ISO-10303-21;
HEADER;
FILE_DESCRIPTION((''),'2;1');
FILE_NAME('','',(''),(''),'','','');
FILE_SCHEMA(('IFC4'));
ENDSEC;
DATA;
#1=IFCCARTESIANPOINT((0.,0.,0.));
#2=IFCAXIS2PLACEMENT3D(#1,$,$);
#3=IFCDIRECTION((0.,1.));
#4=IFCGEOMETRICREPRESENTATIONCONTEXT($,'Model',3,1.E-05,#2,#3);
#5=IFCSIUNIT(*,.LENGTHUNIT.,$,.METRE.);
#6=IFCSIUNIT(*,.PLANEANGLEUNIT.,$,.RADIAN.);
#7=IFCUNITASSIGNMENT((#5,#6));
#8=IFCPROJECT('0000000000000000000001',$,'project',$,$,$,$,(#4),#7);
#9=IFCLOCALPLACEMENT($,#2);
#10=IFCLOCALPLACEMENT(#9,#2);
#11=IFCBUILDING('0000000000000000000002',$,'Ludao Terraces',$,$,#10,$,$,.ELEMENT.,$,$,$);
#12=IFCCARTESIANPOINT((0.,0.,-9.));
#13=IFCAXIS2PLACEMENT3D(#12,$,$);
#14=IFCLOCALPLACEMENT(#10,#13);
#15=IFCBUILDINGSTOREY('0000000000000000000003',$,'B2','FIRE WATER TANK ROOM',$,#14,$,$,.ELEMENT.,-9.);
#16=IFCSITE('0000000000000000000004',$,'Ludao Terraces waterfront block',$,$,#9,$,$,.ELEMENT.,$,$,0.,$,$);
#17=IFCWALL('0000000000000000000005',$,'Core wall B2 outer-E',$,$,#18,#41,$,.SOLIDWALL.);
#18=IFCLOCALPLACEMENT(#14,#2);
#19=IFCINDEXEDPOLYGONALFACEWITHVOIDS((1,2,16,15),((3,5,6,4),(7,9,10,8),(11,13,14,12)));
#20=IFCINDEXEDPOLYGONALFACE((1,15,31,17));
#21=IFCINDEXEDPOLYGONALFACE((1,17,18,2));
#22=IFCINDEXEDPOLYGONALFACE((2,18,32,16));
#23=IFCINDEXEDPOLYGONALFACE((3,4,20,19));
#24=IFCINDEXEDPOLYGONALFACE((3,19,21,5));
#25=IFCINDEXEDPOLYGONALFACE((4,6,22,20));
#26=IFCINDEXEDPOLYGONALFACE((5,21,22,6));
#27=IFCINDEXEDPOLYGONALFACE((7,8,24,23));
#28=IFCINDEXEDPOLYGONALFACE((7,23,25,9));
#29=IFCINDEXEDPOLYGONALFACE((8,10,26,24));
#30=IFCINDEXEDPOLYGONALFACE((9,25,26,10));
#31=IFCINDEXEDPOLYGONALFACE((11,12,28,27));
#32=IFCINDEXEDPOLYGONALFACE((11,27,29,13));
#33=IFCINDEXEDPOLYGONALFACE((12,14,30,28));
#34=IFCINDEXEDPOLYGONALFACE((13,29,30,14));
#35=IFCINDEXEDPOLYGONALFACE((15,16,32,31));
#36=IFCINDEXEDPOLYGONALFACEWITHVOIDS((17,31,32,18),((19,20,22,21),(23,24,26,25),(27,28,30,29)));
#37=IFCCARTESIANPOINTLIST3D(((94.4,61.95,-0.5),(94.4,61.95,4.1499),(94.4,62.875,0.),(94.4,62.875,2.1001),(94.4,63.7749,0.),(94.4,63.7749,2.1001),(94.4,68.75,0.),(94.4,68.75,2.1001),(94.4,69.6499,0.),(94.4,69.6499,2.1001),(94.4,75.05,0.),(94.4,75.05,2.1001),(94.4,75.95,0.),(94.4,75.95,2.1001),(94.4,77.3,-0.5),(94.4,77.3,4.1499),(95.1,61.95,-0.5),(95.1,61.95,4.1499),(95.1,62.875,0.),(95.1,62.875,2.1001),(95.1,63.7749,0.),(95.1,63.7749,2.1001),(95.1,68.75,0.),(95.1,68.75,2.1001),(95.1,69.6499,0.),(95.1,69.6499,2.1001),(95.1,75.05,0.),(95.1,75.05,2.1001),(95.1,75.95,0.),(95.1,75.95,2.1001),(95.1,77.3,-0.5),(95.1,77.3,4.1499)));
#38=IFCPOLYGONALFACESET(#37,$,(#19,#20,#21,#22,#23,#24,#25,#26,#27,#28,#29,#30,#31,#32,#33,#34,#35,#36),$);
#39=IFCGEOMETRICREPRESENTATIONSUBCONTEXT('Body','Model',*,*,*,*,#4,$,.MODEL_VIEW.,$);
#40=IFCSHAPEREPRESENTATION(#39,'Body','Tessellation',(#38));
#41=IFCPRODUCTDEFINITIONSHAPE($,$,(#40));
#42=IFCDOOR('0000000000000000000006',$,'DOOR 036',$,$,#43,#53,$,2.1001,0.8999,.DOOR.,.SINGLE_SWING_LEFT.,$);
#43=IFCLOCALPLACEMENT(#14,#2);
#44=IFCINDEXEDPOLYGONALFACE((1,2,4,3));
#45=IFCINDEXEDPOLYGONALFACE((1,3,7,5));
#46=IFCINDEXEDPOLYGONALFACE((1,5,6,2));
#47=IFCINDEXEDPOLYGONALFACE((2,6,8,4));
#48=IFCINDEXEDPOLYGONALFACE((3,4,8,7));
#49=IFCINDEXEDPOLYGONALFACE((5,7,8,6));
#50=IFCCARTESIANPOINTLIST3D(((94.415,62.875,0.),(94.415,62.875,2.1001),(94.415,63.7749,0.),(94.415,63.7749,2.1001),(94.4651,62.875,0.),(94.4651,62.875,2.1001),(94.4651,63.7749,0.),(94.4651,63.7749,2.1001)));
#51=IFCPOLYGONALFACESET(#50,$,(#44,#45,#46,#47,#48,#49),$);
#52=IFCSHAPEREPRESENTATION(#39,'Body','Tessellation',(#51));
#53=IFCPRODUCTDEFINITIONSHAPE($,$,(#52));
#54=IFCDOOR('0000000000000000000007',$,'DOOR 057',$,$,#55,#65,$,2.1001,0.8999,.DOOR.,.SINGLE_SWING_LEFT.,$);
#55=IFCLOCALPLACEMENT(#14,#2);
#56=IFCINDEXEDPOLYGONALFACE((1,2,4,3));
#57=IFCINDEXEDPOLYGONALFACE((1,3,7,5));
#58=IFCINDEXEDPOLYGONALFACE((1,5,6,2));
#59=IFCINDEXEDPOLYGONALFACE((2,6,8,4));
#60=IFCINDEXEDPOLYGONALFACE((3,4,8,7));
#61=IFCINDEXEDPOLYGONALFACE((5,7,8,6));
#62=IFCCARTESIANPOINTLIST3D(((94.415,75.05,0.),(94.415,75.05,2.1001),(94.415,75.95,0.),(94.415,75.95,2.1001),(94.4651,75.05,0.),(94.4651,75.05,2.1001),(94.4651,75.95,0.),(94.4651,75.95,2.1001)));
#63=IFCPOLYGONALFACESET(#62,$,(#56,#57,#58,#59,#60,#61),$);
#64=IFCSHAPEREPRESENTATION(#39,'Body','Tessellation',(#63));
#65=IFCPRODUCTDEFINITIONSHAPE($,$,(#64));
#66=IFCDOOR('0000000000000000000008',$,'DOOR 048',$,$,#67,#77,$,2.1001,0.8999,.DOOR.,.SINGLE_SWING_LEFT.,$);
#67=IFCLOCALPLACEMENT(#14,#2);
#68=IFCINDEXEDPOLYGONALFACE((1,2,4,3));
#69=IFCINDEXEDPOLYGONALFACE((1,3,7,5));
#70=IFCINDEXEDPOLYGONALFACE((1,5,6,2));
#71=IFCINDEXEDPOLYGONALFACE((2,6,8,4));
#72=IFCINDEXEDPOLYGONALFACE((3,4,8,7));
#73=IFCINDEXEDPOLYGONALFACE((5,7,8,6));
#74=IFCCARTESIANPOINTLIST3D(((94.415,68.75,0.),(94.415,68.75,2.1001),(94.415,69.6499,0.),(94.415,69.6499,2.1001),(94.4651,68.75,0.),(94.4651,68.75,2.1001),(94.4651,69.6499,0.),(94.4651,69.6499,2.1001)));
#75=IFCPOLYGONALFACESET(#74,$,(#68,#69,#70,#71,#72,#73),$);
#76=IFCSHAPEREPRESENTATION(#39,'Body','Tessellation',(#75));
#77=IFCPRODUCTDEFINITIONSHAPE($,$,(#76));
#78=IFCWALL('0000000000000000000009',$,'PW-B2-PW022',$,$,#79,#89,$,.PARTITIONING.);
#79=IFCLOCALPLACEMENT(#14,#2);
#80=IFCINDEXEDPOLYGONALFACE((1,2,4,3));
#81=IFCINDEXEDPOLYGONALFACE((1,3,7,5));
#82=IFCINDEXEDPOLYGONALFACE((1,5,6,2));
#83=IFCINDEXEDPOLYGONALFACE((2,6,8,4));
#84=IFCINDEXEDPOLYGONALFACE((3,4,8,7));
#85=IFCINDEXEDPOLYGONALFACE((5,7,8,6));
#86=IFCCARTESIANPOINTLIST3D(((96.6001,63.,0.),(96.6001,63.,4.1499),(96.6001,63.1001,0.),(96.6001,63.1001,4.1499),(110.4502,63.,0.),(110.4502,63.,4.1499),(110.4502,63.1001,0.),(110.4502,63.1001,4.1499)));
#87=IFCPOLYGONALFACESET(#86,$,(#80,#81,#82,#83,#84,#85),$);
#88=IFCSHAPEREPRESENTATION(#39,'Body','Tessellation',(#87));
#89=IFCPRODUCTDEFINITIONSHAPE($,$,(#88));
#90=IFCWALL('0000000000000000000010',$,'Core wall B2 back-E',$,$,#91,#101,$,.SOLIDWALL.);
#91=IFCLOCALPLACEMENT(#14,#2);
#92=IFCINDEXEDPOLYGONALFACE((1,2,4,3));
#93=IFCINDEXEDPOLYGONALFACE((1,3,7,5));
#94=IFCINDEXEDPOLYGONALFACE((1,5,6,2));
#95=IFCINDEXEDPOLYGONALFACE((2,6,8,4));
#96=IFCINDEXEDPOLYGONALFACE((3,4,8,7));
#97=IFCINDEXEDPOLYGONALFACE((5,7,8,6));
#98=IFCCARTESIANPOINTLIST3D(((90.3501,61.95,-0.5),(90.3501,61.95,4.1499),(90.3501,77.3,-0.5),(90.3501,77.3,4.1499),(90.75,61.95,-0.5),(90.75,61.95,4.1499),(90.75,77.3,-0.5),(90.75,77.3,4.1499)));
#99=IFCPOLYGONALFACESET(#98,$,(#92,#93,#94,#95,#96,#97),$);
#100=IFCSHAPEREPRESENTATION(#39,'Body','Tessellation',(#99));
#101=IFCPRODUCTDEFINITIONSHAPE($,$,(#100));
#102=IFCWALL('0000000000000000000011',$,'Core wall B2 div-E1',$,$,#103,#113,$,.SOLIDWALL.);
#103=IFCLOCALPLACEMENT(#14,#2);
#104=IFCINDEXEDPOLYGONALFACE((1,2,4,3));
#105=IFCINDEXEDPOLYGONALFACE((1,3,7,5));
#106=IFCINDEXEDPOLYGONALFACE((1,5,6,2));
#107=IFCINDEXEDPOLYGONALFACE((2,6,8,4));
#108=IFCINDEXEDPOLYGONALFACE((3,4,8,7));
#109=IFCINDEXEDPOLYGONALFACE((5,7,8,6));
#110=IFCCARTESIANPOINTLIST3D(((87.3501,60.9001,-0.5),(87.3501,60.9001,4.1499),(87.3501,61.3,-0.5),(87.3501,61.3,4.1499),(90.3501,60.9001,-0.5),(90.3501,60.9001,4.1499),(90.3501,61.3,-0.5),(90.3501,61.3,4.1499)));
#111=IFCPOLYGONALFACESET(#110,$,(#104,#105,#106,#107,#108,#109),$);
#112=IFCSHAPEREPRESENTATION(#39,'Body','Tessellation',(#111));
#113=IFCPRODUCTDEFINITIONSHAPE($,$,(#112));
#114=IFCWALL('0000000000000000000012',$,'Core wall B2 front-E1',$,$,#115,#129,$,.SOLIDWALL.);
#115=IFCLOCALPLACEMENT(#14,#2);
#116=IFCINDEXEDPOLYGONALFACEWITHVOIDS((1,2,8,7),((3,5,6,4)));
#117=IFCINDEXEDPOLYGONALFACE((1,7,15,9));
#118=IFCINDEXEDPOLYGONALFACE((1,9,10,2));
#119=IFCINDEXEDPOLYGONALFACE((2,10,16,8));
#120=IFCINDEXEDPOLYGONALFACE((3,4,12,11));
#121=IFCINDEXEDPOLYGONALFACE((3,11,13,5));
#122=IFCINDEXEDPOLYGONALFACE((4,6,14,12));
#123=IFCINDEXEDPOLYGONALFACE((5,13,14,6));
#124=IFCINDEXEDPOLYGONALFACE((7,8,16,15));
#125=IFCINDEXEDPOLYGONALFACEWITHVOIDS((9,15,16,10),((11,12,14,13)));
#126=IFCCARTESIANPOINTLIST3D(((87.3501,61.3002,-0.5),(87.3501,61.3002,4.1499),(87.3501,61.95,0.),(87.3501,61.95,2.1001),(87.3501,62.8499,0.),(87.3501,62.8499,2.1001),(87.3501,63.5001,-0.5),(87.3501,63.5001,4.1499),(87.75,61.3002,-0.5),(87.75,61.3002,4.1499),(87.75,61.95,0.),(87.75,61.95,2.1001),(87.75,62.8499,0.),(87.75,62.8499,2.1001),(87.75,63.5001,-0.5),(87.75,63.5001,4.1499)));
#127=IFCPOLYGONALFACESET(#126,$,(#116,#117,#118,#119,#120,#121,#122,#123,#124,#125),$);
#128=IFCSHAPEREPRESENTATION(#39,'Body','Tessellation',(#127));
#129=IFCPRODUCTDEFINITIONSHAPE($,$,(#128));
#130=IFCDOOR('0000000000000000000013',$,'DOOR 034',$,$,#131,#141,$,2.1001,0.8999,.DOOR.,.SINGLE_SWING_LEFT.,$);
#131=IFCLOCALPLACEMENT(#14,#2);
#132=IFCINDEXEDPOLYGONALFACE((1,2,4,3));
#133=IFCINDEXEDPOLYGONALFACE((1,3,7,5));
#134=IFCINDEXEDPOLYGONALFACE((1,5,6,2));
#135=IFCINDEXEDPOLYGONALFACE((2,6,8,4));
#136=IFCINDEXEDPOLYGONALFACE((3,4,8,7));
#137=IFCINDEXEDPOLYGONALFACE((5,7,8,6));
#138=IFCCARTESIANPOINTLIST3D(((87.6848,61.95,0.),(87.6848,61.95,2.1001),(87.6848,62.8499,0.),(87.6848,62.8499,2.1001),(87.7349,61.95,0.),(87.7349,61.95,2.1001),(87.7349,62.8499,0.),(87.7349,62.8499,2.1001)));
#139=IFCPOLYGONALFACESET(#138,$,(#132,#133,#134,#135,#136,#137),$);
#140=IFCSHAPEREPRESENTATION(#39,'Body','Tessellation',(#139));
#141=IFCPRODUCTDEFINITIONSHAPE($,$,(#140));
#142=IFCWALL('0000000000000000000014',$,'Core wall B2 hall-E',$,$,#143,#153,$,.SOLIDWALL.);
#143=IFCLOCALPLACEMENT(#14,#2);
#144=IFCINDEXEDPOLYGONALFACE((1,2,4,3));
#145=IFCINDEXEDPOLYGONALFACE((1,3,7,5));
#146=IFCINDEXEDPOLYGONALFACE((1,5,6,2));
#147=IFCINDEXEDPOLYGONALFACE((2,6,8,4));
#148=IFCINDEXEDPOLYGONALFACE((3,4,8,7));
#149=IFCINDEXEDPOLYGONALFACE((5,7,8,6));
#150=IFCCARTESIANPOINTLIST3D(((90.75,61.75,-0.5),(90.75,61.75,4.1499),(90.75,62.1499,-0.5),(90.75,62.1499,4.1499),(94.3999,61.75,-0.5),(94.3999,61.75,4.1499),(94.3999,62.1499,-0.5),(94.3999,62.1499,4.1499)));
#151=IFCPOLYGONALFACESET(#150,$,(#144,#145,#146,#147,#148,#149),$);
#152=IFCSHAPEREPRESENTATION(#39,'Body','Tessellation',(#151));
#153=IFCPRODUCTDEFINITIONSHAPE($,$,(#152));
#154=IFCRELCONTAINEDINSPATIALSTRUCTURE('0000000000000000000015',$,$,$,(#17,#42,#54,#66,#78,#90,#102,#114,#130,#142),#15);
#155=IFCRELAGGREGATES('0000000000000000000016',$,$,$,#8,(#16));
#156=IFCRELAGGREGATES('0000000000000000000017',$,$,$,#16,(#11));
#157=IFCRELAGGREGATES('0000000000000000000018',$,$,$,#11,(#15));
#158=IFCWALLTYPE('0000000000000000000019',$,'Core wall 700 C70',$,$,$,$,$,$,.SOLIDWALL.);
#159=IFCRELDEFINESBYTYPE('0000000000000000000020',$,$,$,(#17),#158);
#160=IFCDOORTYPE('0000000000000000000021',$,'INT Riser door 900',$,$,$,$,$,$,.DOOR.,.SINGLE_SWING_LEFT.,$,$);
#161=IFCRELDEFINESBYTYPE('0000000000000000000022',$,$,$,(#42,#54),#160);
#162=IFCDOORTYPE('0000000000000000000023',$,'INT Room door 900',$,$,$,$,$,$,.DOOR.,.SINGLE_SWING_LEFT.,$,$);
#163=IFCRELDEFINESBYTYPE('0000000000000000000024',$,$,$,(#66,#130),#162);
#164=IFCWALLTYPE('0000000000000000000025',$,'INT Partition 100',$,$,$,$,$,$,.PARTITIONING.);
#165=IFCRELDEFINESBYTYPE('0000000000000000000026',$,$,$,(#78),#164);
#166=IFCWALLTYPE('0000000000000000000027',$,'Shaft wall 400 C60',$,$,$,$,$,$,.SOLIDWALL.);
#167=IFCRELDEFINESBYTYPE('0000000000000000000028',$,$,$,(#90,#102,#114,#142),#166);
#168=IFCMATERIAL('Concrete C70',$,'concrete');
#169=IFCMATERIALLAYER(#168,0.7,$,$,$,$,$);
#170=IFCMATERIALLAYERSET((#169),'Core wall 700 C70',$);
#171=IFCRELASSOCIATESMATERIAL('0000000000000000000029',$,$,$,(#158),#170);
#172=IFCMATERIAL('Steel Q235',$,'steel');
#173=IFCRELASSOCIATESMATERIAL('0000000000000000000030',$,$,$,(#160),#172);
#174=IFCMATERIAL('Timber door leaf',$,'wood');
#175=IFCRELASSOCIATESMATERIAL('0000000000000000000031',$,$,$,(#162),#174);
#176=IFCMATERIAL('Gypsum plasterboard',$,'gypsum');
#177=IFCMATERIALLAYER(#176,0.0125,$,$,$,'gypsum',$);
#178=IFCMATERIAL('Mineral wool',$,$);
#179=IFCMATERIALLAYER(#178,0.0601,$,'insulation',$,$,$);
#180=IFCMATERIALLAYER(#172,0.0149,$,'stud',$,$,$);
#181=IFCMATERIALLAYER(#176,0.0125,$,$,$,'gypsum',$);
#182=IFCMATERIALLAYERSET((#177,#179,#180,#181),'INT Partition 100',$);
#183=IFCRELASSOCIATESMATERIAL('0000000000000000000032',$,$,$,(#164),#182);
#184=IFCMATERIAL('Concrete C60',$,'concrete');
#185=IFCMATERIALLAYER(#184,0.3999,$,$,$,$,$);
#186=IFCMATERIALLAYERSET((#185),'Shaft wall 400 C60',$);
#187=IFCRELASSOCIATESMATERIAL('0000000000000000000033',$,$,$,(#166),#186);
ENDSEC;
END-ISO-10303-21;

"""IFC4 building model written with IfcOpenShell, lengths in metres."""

from ifc_helpers import new_model, si_unit, direction, frame, frame_2d, origin, place, context, subcontext, project, spatial, rectangle, extrude, material, layer, layer_set, type_object, element, fill, save


model = new_model("IFC4")

# Units and contexts
model_context = context("Model", 3, precision=1e-05, world=origin(), true_north=direction((0.0, 1.0)))
body_context = subcontext(model_context, "Body", "Model", "MODEL_VIEW")
ifc_project = project(units=[si_unit("LENGTHUNIT", "METRE"), si_unit("PLANEANGLEUNIT", "RADIAN")], contexts=[model_context])

# Site, building, storey
site_placement = place(None, origin())
site = spatial("IfcSite", under=ifc_project, at=site_placement, Name="Ludao Terraces waterfront block", CompositionType="ELEMENT", RefElevation=0.0)
building_placement = place(site_placement, origin())
building = spatial("IfcBuilding", under=site, at=building_placement, Name="Ludao Terraces", CompositionType="ELEMENT")
storey_placement = place(building_placement, frame((0.0, 0.0, -9.0)))
storey = spatial("IfcBuildingStorey", under=building, at=storey_placement, Name="B2", Description="FIRE WATER TANK ROOM", CompositionType="ELEMENT", Elevation=-9.0)

# Wall, openings, doors
ifc_material_1 = material(Name="Concrete C70", Category="concrete")
ifc_layer_1 = layer(ifc_material_1, 0.7)
ifc_layer_set_1 = layer_set([ifc_layer_1], Name="Core wall 700 C70")
wall_type_1 = type_object("IfcWallType", Name="Core wall 700 C70", PredefinedType="SOLIDWALL", material=ifc_layer_set_1)
wall_1_placement = place(storey_placement, frame((94.75, 61.95, -0.5), z_axis=(0.0, 0.0, 1.0), x_axis=(0.0, 1.0, 0.0)))
wall_1 = element("IfcWall", 1, at=wall_1_placement, inside=storey, type_object=wall_type_1, Name="Core wall B2 outer-E", PredefinedType="SOLIDWALL", context=body_context, shape_type="SweptSolid", body=[
    extrude(rectangle(XDim=15.3501, YDim=0.7, at=frame_2d((7.675, 0.0))), origin(), (0.0, 0.0, 1.0), 4.6499),
])
opening_1_placement = place(wall_1_placement, frame((0.925, 0.0, 0.5)))
opening_1 = element("IfcOpeningElement", 2, at=opening_1_placement, cuts=wall_1, PredefinedType="OPENING", context=body_context, shape_type="SweptSolid", body=[
    extrude(rectangle(XDim=0.8999, YDim=2.1001, at=frame_2d((0.45, 1.05))), frame((0.0, 0.3599, 0.0), z_axis=(0.0, -1.0, 0.0), x_axis=(1.0, 0.0, 0.0)), (0.0, 0.0, 1.0), 0.72),
])
opening_2_placement = place(wall_1_placement, frame((6.8, 0.0, 0.5)))
opening_2 = element("IfcOpeningElement", 3, at=opening_2_placement, cuts=wall_1, PredefinedType="OPENING", context=body_context, shape_type="SweptSolid", body=[
    extrude(rectangle(XDim=0.8999, YDim=2.1001, at=frame_2d((0.45, 1.05))), frame((0.0, 0.3599, 0.0), z_axis=(0.0, -1.0, 0.0), x_axis=(1.0, 0.0, 0.0)), (0.0, 0.0, 1.0), 0.72),
])
opening_3_placement = place(wall_1_placement, frame((13.1001, 0.0, 0.5)))
opening_3 = element("IfcOpeningElement", 4, at=opening_3_placement, cuts=wall_1, PredefinedType="OPENING", context=body_context, shape_type="SweptSolid", body=[
    extrude(rectangle(XDim=0.8999, YDim=2.1001, at=frame_2d((0.45, 1.05))), frame((0.0, 0.3599, 0.0), z_axis=(0.0, -1.0, 0.0), x_axis=(1.0, 0.0, 0.0)), (0.0, 0.0, 1.0), 0.72),
])
ifc_material_2 = material(Name="Steel Q235", Category="steel")
door_type_1 = type_object("IfcDoorType", Name="INT Riser door 900", OperationType="SINGLE_SWING_LEFT", PredefinedType="DOOR", material=ifc_material_2)
door_1_placement = place(opening_1_placement, origin())
door_1 = element("IfcDoor", 5, at=door_1_placement, inside=storey, type_object=door_type_1, Name="DOOR 036", OperationType="SINGLE_SWING_LEFT", OverallHeight=2.1001, OverallWidth=0.8999, PredefinedType="DOOR", context=body_context, shape_type="SweptSolid", body=[
    extrude(rectangle(XDim=0.8999, YDim=2.1001, at=frame_2d((0.45, 1.05))), frame((0.0, 0.335, 0.0), z_axis=(0.0, -1.0, 0.0), x_axis=(1.0, 0.0, 0.0)), (0.0, 0.0, 1.0), 0.05),
])
fill(opening_1, door_1)
door_2_placement = place(opening_3_placement, origin())
door_2 = element("IfcDoor", 6, at=door_2_placement, inside=storey, type_object=door_type_1, Name="DOOR 057", OperationType="SINGLE_SWING_LEFT", OverallHeight=2.1001, OverallWidth=0.8999, PredefinedType="DOOR", context=body_context, shape_type="SweptSolid", body=[
    extrude(rectangle(XDim=0.8999, YDim=2.1001, at=frame_2d((0.45, 1.05))), frame((0.0, 0.335, 0.0), z_axis=(0.0, -1.0, 0.0), x_axis=(1.0, 0.0, 0.0)), (0.0, 0.0, 1.0), 0.05),
])
fill(opening_3, door_2)
ifc_material_3 = material(Name="Timber door leaf", Category="wood")
door_type_2 = type_object("IfcDoorType", Name="INT Room door 900", OperationType="SINGLE_SWING_LEFT", PredefinedType="DOOR", material=ifc_material_3)
door_3_placement = place(opening_2_placement, origin())
door_3 = element("IfcDoor", 7, at=door_3_placement, inside=storey, type_object=door_type_2, Name="DOOR 048", OperationType="SINGLE_SWING_LEFT", OverallHeight=2.1001, OverallWidth=0.8999, PredefinedType="DOOR", context=body_context, shape_type="SweptSolid", body=[
    extrude(rectangle(XDim=0.8999, YDim=2.1001, at=frame_2d((0.45, 1.05))), frame((0.0, 0.335, 0.0), z_axis=(0.0, -1.0, 0.0), x_axis=(1.0, 0.0, 0.0)), (0.0, 0.0, 1.0), 0.05),
])
fill(opening_2, door_3)

# Walls
ifc_material_4 = material(Name="Gypsum plasterboard", Category="gypsum")
ifc_layer_2 = layer(ifc_material_4, 0.0125, Category="gypsum")
ifc_material_5 = material(Name="Mineral wool")
ifc_layer_3 = layer(ifc_material_5, 0.0601, Name="insulation")
ifc_layer_4 = layer(ifc_material_2, 0.0149, Name="stud")
ifc_layer_5 = layer(ifc_material_4, 0.0125, Category="gypsum")
ifc_layer_set_2 = layer_set([ifc_layer_2, ifc_layer_3, ifc_layer_4, ifc_layer_5], Name="INT Partition 100")
wall_type_2 = type_object("IfcWallType", Name="INT Partition 100", PredefinedType="PARTITIONING", material=ifc_layer_set_2)
wall_2_placement = place(storey_placement, frame((96.6001, 63.05, 0.0), z_axis=(0.0, 0.0, 1.0), x_axis=(1.0, 0.0, 0.0)))
element("IfcWall", 8, at=wall_2_placement, inside=storey, type_object=wall_type_2, Name="PW-B2-PW022", PredefinedType="PARTITIONING", context=body_context, shape_type="SweptSolid", body=[
    extrude(rectangle(XDim=13.8501, YDim=0.1001, at=frame_2d((6.925, 0.0))), origin(), (0.0, 0.0, 1.0), 4.1499),
])
ifc_material_6 = material(Name="Concrete C60", Category="concrete")
ifc_layer_6 = layer(ifc_material_6, 0.3999)
ifc_layer_set_3 = layer_set([ifc_layer_6], Name="Shaft wall 400 C60")
wall_type_3 = type_object("IfcWallType", Name="Shaft wall 400 C60", PredefinedType="SOLIDWALL", material=ifc_layer_set_3)
wall_3_placement = place(storey_placement, frame((90.55, 61.95, -0.5), z_axis=(0.0, 0.0, 1.0), x_axis=(0.0, 1.0, 0.0)))
element("IfcWall", 9, at=wall_3_placement, inside=storey, type_object=wall_type_3, Name="Core wall B2 back-E", PredefinedType="SOLIDWALL", context=body_context, shape_type="SweptSolid", body=[
    extrude(rectangle(XDim=15.3501, YDim=0.3999, at=frame_2d((7.675, 0.0))), origin(), (0.0, 0.0, 1.0), 4.6499),
])
wall_4_placement = place(storey_placement, frame((87.3501, 61.1001, -0.5), z_axis=(0.0, 0.0, 1.0), x_axis=(1.0, 0.0, 0.0)))
element("IfcWall", 10, at=wall_4_placement, inside=storey, type_object=wall_type_3, Name="Core wall B2 div-E1", PredefinedType="SOLIDWALL", context=body_context, shape_type="SweptSolid", body=[
    extrude(rectangle(XDim=3.0, YDim=0.3999, at=frame_2d((1.5, 0.0))), origin(), (0.0, 0.0, 1.0), 4.6499),
])

# Wall, opening, door
wall_5_placement = place(storey_placement, frame((87.55, 61.3, -0.5), z_axis=(0.0, 0.0, 1.0), x_axis=(0.0, 1.0, 0.0)))
wall_5 = element("IfcWall", 11, at=wall_5_placement, inside=storey, type_object=wall_type_3, Name="Core wall B2 front-E1", PredefinedType="SOLIDWALL", context=body_context, shape_type="SweptSolid", body=[
    extrude(rectangle(XDim=2.2, YDim=0.3999, at=frame_2d((1.1001, 0.0))), origin(), (0.0, 0.0, 1.0), 4.6499),
])
opening_4_placement = place(wall_5_placement, frame((0.6499, 0.0, 0.5)))
opening_4 = element("IfcOpeningElement", 12, at=opening_4_placement, cuts=wall_5, PredefinedType="OPENING", context=body_context, shape_type="SweptSolid", body=[
    extrude(rectangle(XDim=0.8999, YDim=2.1001, at=frame_2d((0.45, 1.05))), frame((0.0, 0.21, 0.0), z_axis=(0.0, -1.0, 0.0), x_axis=(1.0, 0.0, 0.0)), (0.0, 0.0, 1.0), 0.4199),
])
door_4_placement = place(opening_4_placement, origin())
door_4 = element("IfcDoor", 13, at=door_4_placement, inside=storey, type_object=door_type_2, Name="DOOR 034", OperationType="SINGLE_SWING_LEFT", OverallHeight=2.1001, OverallWidth=0.8999, PredefinedType="DOOR", context=body_context, shape_type="SweptSolid", body=[
    extrude(rectangle(XDim=0.8999, YDim=2.1001, at=frame_2d((0.45, 1.05))), frame((0.0, -0.1348, 0.0), z_axis=(0.0, -1.0, 0.0), x_axis=(1.0, 0.0, 0.0)), (0.0, 0.0, 1.0), 0.05),
])
fill(opening_4, door_4)

# Wall
wall_6_placement = place(storey_placement, frame((90.75, 61.95, -0.5), z_axis=(0.0, 0.0, 1.0), x_axis=(1.0, 0.0, 0.0)))
element("IfcWall", 14, at=wall_6_placement, inside=storey, type_object=wall_type_3, Name="Core wall B2 hall-E", PredefinedType="SOLIDWALL", context=body_context, shape_type="SweptSolid", body=[
    extrude(rectangle(XDim=3.6499, YDim=0.3999, at=frame_2d((1.825, 0.0))), origin(), (0.0, 0.0, 1.0), 4.6499),
])

save(model, "model.ifc")
